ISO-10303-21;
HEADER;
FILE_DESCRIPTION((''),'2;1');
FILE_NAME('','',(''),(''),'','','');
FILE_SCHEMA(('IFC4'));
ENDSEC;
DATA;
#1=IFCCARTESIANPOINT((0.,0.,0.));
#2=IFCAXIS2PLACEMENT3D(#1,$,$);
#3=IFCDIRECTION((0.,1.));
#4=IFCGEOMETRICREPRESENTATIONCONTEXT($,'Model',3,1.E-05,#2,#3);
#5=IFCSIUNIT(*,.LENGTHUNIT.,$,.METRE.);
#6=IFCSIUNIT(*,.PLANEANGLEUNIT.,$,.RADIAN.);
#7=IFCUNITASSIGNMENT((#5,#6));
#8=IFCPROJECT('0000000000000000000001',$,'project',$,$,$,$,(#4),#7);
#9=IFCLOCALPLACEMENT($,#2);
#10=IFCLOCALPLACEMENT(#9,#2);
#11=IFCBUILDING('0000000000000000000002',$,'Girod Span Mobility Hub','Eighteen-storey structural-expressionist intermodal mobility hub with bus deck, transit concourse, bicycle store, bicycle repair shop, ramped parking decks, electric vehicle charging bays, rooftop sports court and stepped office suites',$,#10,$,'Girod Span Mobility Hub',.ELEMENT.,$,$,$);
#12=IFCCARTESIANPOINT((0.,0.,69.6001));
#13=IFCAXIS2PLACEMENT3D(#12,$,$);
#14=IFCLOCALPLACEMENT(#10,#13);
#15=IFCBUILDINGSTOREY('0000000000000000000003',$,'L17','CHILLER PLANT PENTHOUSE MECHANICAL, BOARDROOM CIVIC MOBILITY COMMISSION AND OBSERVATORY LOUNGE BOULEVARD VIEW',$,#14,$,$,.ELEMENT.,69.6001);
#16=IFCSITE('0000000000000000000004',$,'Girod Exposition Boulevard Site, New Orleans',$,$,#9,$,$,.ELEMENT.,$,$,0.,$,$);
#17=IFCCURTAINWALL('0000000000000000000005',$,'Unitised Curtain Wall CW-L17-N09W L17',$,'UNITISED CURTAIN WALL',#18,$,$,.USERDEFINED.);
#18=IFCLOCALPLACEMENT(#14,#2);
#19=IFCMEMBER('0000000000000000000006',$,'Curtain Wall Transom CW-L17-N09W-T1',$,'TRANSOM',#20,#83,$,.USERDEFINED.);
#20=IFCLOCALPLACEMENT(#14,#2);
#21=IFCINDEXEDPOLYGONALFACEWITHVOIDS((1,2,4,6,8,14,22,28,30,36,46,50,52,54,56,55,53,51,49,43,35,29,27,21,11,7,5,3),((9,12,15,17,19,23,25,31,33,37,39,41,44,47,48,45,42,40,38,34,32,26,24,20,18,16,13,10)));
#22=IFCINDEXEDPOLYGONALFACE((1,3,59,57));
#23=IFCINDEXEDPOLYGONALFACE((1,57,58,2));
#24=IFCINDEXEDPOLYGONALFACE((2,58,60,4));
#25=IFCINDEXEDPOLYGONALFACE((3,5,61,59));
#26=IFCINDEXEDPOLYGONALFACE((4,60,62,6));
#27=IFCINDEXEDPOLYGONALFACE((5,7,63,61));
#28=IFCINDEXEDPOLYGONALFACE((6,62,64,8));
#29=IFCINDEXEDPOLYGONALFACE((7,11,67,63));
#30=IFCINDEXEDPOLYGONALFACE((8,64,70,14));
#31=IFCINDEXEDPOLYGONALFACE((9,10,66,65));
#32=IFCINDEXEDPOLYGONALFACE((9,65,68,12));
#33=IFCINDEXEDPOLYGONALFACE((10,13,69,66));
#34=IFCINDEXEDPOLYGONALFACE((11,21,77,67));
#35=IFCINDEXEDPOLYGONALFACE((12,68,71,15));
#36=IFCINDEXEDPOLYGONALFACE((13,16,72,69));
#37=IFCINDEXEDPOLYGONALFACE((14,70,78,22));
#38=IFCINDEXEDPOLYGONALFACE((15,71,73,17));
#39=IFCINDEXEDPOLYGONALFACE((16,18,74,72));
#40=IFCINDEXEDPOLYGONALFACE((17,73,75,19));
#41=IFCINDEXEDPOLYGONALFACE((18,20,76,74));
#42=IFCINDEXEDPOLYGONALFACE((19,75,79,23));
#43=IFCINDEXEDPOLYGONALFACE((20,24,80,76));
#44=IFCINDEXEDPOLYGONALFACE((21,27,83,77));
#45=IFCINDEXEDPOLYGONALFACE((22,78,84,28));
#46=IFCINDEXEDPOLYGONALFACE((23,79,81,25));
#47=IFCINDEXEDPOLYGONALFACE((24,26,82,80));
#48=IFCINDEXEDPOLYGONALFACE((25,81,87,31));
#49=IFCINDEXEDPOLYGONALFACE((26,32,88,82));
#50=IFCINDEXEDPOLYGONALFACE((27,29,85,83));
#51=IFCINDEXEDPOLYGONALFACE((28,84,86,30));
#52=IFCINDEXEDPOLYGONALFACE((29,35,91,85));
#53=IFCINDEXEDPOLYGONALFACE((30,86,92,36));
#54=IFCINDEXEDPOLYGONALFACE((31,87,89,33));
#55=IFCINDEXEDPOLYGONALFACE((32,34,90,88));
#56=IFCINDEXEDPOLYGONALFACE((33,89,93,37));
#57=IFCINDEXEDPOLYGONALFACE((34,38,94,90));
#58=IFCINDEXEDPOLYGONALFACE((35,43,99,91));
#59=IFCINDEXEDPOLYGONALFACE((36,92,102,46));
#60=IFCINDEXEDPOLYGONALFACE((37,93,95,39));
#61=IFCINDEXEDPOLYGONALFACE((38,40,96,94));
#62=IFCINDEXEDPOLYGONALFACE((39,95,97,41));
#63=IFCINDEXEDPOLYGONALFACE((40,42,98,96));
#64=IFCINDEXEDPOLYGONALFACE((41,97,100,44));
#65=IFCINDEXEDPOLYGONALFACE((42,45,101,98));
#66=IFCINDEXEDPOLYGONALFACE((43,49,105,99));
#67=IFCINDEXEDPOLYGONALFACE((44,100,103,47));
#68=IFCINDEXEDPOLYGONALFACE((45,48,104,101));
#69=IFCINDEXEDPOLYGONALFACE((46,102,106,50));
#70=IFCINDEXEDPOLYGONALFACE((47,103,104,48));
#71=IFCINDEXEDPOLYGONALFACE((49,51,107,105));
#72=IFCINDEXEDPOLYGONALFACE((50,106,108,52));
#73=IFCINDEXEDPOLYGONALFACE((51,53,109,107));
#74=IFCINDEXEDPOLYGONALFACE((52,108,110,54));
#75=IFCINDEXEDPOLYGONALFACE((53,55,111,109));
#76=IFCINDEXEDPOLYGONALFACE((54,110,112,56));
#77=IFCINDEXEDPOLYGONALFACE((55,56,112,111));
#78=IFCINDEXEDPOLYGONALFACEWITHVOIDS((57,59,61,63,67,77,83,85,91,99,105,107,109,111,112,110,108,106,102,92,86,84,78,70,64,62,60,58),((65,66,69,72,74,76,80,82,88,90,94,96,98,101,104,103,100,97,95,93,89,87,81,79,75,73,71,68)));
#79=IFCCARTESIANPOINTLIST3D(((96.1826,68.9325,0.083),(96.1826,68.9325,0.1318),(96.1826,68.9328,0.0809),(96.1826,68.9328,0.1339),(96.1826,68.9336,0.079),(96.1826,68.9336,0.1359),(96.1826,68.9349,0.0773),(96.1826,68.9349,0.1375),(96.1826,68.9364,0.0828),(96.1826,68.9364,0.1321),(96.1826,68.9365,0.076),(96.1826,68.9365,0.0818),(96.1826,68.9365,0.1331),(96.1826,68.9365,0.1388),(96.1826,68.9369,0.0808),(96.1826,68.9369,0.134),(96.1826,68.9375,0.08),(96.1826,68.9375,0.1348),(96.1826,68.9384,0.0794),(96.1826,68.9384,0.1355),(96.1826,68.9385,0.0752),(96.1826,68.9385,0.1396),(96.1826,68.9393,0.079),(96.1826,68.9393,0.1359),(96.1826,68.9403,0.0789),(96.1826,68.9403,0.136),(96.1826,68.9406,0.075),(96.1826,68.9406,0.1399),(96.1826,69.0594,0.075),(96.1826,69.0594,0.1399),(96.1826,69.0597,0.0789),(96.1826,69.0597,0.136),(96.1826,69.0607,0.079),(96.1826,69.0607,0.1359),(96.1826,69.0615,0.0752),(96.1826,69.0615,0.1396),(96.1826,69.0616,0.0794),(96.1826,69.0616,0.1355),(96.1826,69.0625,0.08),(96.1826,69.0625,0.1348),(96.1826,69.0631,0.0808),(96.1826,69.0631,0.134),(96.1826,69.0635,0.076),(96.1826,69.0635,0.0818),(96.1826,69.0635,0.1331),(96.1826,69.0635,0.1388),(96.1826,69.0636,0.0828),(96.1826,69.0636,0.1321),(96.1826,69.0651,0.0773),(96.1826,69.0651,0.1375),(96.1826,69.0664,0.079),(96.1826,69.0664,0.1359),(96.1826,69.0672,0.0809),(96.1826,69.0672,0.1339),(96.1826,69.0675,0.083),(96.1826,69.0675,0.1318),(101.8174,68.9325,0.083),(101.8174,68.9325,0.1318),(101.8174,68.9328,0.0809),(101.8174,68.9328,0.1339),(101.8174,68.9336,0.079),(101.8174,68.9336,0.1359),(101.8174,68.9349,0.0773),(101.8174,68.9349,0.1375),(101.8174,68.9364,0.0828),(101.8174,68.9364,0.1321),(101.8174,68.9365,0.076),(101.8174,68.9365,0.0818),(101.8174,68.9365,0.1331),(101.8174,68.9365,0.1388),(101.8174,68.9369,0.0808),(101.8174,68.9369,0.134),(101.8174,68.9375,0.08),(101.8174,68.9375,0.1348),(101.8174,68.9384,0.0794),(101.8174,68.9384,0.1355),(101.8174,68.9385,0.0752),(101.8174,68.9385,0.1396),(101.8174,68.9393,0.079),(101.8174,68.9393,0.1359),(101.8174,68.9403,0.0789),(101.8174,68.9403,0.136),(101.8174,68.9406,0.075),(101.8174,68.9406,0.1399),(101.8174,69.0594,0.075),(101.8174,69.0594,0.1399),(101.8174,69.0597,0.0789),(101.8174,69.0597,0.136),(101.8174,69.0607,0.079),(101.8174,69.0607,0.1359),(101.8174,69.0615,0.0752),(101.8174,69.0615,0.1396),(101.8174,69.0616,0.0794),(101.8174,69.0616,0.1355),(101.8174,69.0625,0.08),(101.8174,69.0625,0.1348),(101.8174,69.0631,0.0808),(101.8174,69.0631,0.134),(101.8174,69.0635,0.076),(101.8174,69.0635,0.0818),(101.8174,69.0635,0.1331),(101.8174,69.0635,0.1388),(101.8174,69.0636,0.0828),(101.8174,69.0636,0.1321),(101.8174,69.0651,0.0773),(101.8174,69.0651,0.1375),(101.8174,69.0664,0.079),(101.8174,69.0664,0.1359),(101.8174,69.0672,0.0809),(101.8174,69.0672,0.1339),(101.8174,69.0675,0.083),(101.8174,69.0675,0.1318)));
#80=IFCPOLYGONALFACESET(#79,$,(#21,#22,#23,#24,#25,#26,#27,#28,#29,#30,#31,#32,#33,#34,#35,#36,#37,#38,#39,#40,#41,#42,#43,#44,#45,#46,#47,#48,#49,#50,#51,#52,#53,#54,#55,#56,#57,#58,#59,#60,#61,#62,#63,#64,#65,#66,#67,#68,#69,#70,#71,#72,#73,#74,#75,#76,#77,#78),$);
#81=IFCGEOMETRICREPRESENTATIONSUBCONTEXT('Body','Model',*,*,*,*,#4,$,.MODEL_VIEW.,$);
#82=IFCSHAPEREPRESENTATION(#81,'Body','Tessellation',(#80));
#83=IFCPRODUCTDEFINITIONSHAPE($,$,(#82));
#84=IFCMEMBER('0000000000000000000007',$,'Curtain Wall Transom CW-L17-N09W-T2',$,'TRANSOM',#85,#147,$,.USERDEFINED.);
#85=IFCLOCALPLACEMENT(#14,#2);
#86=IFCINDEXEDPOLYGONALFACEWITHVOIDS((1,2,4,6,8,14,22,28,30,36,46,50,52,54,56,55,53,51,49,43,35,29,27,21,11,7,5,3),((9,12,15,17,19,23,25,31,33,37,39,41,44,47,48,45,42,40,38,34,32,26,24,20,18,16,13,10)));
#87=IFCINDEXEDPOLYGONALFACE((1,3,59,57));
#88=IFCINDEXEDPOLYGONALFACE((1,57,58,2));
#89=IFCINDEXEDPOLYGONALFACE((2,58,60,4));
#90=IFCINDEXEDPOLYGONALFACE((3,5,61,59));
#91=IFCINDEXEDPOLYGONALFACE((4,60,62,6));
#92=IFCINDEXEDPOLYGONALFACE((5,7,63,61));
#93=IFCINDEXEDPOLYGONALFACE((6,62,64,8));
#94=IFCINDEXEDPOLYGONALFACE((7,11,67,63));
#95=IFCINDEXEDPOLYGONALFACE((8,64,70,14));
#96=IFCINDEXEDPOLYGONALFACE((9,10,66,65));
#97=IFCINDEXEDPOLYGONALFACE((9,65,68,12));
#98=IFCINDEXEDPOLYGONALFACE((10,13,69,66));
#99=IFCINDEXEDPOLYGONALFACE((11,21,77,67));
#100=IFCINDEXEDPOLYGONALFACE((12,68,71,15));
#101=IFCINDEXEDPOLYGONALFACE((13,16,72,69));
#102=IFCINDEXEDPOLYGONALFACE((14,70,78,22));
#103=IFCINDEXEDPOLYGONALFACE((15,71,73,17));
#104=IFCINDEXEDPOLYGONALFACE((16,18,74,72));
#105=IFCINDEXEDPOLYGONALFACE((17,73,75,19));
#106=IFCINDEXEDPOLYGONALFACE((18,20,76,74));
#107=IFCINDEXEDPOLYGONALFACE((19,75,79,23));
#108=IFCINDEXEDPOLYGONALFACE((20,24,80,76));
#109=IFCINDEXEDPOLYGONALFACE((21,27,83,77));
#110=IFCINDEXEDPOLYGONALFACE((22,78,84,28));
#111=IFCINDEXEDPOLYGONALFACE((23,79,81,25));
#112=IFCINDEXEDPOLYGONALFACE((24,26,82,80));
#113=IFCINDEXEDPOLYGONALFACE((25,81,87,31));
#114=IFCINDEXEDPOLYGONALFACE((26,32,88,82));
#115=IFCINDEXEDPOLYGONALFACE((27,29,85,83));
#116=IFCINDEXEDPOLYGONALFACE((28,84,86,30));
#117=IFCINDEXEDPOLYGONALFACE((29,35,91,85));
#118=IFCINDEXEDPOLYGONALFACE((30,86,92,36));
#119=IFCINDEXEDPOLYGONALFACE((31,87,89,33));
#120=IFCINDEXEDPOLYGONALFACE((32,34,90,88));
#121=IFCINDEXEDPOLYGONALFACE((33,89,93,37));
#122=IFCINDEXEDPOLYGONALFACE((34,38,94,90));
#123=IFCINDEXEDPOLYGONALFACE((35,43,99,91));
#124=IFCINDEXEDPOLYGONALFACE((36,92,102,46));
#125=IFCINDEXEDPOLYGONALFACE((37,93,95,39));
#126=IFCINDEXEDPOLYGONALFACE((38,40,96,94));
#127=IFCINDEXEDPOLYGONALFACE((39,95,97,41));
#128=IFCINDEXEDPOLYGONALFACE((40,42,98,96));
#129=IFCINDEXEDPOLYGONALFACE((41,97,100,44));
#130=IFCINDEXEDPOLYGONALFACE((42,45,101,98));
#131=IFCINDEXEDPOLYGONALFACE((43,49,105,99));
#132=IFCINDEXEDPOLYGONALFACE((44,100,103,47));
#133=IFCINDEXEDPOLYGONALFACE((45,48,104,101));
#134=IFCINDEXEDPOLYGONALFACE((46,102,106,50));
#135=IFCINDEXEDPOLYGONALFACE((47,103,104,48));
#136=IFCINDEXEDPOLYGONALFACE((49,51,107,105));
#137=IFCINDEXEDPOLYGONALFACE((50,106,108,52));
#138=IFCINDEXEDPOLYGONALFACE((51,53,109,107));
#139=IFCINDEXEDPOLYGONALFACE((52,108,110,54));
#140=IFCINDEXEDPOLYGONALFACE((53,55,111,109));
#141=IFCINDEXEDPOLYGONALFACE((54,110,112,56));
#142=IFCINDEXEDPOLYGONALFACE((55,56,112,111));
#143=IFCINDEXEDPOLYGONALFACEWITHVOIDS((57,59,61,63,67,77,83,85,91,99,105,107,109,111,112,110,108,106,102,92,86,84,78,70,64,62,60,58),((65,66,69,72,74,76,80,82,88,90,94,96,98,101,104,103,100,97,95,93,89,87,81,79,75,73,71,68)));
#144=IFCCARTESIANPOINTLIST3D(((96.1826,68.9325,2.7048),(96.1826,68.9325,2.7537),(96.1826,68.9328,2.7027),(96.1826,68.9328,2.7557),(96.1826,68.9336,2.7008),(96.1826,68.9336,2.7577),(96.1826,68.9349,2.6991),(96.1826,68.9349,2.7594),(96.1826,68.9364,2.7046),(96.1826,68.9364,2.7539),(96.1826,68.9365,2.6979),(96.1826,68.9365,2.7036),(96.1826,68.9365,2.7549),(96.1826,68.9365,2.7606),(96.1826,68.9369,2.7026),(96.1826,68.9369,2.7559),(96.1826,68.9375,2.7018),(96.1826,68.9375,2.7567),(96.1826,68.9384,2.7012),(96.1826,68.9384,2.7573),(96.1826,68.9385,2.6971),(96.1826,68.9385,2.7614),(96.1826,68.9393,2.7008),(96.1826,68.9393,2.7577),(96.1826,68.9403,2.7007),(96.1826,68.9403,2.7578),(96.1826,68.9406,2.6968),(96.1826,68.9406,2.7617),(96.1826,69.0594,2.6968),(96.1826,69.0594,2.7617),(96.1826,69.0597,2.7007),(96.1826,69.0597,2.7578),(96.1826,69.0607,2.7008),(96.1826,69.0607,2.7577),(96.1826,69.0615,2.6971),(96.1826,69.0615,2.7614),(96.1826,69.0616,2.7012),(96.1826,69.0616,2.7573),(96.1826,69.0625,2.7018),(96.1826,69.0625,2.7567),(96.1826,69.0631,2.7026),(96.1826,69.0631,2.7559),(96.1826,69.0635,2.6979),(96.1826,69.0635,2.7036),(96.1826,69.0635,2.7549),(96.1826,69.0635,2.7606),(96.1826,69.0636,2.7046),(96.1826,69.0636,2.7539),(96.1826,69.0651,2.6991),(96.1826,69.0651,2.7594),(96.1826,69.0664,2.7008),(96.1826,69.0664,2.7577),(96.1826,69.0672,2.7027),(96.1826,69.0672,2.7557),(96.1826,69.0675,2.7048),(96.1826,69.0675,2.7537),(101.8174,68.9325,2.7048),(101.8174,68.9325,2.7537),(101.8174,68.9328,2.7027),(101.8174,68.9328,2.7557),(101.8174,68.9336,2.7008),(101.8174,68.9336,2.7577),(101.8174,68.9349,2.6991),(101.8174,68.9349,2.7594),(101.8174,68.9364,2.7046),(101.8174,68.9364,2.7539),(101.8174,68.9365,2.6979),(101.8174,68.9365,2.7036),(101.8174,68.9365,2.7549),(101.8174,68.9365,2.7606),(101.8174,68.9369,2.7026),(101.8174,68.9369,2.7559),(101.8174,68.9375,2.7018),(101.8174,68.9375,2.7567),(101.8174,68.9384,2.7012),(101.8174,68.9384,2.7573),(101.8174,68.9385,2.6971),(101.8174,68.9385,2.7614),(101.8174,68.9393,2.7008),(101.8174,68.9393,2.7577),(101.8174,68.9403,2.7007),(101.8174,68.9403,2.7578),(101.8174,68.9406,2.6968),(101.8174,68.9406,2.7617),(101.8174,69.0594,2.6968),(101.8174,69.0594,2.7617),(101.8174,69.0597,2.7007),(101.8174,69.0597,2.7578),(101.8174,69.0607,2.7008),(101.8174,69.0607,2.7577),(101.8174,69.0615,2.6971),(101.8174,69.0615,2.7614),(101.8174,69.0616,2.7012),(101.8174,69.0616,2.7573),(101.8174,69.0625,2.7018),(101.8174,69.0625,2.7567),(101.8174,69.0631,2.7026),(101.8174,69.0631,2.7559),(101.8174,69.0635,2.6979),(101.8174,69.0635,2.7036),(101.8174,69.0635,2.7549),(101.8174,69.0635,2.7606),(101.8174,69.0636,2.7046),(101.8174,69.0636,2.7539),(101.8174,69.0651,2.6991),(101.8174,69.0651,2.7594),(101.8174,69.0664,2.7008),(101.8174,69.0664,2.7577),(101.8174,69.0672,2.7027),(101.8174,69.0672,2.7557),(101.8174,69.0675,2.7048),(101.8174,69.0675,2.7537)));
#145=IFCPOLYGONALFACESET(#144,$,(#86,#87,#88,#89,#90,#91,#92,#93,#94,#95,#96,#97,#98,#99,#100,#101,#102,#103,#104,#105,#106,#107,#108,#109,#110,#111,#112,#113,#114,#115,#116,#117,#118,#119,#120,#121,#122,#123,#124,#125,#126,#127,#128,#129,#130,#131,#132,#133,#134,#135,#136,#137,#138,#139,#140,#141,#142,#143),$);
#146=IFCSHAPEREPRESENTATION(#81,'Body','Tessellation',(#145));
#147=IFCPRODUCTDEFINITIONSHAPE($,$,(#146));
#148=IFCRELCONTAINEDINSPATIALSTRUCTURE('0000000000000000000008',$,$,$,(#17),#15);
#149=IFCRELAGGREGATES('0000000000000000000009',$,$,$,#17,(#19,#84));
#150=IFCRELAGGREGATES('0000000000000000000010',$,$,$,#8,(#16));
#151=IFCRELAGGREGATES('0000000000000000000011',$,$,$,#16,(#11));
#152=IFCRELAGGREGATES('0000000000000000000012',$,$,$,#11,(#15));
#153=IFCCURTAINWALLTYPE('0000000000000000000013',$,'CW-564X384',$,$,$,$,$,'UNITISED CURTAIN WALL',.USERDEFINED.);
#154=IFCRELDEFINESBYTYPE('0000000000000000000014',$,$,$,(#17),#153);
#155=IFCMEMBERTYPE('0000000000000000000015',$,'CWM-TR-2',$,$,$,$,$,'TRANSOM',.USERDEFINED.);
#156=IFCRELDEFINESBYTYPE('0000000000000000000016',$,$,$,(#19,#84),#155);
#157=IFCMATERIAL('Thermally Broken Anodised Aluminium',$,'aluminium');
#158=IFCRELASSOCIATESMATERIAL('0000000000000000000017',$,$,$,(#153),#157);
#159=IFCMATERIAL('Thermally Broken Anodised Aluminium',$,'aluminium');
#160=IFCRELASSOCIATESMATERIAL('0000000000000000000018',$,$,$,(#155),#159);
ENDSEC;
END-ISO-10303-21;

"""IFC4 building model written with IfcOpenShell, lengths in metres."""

from ifc_helpers import new_model, si_unit, direction, frame, origin, origin_2d, place, context, subcontext, project, spatial, hollow_rectangle, extrude, material, material_profile, profile_set, type_object, element, aggregate, save


model = new_model("IFC4")

# Units and contexts
model_context = context("Model", 3, precision=1e-05, world=origin(), true_north=direction((0.0, 1.0)))
body_context = subcontext(model_context, "Body", "Model", "MODEL_VIEW")
ifc_project = project(units=[si_unit("LENGTHUNIT", "METRE"), si_unit("PLANEANGLEUNIT", "RADIAN")], contexts=[model_context])

# Site, building, storey
site_placement = place(None, origin())
site = spatial("IfcSite", under=ifc_project, at=site_placement, Name="Girod Exposition Boulevard Site, New Orleans", CompositionType="ELEMENT", RefElevation=0.0)
building_placement = place(site_placement, origin())
building = spatial("IfcBuilding", under=site, at=building_placement, Name="Girod Span Mobility Hub", Description="Eighteen-storey structural-expressionist intermodal mobility hub with bus deck, transit concourse, bicycle store, bicycle repair shop, ramped parking decks, electric vehicle charging bays, rooftop sports court and stepped office suites", LongName="Girod Span Mobility Hub", CompositionType="ELEMENT")
storey_placement = place(building_placement, frame((0.0, 0.0, 69.6001)))
storey = spatial("IfcBuildingStorey", under=building, at=storey_placement, Name="L17", Description="CHILLER PLANT PENTHOUSE MECHANICAL, BOARDROOM CIVIC MOBILITY COMMISSION AND OBSERVATORY LOUNGE BOULEVARD VIEW", CompositionType="ELEMENT", Elevation=69.6001)

# Shared definitions
ifc_material_1 = material(Name="Thermally Broken Anodised Aluminium", Category="aluminium")
curtain_wall_type = type_object("IfcCurtainWallType", Name="CW-564X384", ElementType="UNITISED CURTAIN WALL", PredefinedType="USERDEFINED", material=ifc_material_1)

# Curtain wall
curtain_wall_1_placement = place(storey_placement, origin())
curtain_wall_1 = element("IfcCurtainWall", 1, at=curtain_wall_1_placement, inside=storey, type_object=curtain_wall_type, Name="Unitised Curtain Wall CW-L17-N09W L17", ObjectType="UNITISED CURTAIN WALL", PredefinedType="USERDEFINED")

# Members
ifc_material_2 = material(Name="Thermally Broken Anodised Aluminium", Category="aluminium")
ifc_material_profile_1 = material_profile(ifc_material_2, hollow_rectangle(XDim=0.135, YDim=0.0649, WallThickness=0.0039, InnerFilletRadius=0.0039, OuterFilletRadius=0.0081, at=origin_2d()), Name="CW-TR-65X135")
ifc_profile_set_1 = profile_set([ifc_material_profile_1], Name="Thermally Broken Anodised Aluminium")
member_type_1 = type_object("IfcMemberType", Name="CWM-TR-2", ElementType="TRANSOM", PredefinedType="USERDEFINED", material=ifc_profile_set_1)
member_1_placement = place(storey_placement, frame((96.1826, 69.0, 0.1074), z_axis=(1.0, 0.0, 0.0), x_axis=(0.0, 1.0, 0.0)))
member_1 = element("IfcMember", 2, at=member_1_placement, type_object=member_type_1, Name="Curtain Wall Transom CW-L17-N09W-T1", ObjectType="TRANSOM", PredefinedType="USERDEFINED", context=body_context, shape_type="SweptSolid", body=[
    extrude(hollow_rectangle(XDim=0.135, YDim=0.0649, WallThickness=0.0039, InnerFilletRadius=0.0039, OuterFilletRadius=0.0081, at=origin_2d()), origin(), (0.0, 0.0, 1.0), 5.6348),
])
member_2_placement = place(storey_placement, frame((96.1826, 69.0, 2.7292), z_axis=(1.0, 0.0, 0.0), x_axis=(0.0, 1.0, 0.0)))
member_2 = element("IfcMember", 3, at=member_2_placement, type_object=member_type_1, Name="Curtain Wall Transom CW-L17-N09W-T2", ObjectType="TRANSOM", PredefinedType="USERDEFINED", context=body_context, shape_type="SweptSolid", body=[
    extrude(hollow_rectangle(XDim=0.135, YDim=0.0649, WallThickness=0.0039, InnerFilletRadius=0.0039, OuterFilletRadius=0.0081, at=origin_2d()), origin(), (0.0, 0.0, 1.0), 5.6348),
])

aggregate(curtain_wall_1, [member_1, member_2])

save(model, "model.ifc")
